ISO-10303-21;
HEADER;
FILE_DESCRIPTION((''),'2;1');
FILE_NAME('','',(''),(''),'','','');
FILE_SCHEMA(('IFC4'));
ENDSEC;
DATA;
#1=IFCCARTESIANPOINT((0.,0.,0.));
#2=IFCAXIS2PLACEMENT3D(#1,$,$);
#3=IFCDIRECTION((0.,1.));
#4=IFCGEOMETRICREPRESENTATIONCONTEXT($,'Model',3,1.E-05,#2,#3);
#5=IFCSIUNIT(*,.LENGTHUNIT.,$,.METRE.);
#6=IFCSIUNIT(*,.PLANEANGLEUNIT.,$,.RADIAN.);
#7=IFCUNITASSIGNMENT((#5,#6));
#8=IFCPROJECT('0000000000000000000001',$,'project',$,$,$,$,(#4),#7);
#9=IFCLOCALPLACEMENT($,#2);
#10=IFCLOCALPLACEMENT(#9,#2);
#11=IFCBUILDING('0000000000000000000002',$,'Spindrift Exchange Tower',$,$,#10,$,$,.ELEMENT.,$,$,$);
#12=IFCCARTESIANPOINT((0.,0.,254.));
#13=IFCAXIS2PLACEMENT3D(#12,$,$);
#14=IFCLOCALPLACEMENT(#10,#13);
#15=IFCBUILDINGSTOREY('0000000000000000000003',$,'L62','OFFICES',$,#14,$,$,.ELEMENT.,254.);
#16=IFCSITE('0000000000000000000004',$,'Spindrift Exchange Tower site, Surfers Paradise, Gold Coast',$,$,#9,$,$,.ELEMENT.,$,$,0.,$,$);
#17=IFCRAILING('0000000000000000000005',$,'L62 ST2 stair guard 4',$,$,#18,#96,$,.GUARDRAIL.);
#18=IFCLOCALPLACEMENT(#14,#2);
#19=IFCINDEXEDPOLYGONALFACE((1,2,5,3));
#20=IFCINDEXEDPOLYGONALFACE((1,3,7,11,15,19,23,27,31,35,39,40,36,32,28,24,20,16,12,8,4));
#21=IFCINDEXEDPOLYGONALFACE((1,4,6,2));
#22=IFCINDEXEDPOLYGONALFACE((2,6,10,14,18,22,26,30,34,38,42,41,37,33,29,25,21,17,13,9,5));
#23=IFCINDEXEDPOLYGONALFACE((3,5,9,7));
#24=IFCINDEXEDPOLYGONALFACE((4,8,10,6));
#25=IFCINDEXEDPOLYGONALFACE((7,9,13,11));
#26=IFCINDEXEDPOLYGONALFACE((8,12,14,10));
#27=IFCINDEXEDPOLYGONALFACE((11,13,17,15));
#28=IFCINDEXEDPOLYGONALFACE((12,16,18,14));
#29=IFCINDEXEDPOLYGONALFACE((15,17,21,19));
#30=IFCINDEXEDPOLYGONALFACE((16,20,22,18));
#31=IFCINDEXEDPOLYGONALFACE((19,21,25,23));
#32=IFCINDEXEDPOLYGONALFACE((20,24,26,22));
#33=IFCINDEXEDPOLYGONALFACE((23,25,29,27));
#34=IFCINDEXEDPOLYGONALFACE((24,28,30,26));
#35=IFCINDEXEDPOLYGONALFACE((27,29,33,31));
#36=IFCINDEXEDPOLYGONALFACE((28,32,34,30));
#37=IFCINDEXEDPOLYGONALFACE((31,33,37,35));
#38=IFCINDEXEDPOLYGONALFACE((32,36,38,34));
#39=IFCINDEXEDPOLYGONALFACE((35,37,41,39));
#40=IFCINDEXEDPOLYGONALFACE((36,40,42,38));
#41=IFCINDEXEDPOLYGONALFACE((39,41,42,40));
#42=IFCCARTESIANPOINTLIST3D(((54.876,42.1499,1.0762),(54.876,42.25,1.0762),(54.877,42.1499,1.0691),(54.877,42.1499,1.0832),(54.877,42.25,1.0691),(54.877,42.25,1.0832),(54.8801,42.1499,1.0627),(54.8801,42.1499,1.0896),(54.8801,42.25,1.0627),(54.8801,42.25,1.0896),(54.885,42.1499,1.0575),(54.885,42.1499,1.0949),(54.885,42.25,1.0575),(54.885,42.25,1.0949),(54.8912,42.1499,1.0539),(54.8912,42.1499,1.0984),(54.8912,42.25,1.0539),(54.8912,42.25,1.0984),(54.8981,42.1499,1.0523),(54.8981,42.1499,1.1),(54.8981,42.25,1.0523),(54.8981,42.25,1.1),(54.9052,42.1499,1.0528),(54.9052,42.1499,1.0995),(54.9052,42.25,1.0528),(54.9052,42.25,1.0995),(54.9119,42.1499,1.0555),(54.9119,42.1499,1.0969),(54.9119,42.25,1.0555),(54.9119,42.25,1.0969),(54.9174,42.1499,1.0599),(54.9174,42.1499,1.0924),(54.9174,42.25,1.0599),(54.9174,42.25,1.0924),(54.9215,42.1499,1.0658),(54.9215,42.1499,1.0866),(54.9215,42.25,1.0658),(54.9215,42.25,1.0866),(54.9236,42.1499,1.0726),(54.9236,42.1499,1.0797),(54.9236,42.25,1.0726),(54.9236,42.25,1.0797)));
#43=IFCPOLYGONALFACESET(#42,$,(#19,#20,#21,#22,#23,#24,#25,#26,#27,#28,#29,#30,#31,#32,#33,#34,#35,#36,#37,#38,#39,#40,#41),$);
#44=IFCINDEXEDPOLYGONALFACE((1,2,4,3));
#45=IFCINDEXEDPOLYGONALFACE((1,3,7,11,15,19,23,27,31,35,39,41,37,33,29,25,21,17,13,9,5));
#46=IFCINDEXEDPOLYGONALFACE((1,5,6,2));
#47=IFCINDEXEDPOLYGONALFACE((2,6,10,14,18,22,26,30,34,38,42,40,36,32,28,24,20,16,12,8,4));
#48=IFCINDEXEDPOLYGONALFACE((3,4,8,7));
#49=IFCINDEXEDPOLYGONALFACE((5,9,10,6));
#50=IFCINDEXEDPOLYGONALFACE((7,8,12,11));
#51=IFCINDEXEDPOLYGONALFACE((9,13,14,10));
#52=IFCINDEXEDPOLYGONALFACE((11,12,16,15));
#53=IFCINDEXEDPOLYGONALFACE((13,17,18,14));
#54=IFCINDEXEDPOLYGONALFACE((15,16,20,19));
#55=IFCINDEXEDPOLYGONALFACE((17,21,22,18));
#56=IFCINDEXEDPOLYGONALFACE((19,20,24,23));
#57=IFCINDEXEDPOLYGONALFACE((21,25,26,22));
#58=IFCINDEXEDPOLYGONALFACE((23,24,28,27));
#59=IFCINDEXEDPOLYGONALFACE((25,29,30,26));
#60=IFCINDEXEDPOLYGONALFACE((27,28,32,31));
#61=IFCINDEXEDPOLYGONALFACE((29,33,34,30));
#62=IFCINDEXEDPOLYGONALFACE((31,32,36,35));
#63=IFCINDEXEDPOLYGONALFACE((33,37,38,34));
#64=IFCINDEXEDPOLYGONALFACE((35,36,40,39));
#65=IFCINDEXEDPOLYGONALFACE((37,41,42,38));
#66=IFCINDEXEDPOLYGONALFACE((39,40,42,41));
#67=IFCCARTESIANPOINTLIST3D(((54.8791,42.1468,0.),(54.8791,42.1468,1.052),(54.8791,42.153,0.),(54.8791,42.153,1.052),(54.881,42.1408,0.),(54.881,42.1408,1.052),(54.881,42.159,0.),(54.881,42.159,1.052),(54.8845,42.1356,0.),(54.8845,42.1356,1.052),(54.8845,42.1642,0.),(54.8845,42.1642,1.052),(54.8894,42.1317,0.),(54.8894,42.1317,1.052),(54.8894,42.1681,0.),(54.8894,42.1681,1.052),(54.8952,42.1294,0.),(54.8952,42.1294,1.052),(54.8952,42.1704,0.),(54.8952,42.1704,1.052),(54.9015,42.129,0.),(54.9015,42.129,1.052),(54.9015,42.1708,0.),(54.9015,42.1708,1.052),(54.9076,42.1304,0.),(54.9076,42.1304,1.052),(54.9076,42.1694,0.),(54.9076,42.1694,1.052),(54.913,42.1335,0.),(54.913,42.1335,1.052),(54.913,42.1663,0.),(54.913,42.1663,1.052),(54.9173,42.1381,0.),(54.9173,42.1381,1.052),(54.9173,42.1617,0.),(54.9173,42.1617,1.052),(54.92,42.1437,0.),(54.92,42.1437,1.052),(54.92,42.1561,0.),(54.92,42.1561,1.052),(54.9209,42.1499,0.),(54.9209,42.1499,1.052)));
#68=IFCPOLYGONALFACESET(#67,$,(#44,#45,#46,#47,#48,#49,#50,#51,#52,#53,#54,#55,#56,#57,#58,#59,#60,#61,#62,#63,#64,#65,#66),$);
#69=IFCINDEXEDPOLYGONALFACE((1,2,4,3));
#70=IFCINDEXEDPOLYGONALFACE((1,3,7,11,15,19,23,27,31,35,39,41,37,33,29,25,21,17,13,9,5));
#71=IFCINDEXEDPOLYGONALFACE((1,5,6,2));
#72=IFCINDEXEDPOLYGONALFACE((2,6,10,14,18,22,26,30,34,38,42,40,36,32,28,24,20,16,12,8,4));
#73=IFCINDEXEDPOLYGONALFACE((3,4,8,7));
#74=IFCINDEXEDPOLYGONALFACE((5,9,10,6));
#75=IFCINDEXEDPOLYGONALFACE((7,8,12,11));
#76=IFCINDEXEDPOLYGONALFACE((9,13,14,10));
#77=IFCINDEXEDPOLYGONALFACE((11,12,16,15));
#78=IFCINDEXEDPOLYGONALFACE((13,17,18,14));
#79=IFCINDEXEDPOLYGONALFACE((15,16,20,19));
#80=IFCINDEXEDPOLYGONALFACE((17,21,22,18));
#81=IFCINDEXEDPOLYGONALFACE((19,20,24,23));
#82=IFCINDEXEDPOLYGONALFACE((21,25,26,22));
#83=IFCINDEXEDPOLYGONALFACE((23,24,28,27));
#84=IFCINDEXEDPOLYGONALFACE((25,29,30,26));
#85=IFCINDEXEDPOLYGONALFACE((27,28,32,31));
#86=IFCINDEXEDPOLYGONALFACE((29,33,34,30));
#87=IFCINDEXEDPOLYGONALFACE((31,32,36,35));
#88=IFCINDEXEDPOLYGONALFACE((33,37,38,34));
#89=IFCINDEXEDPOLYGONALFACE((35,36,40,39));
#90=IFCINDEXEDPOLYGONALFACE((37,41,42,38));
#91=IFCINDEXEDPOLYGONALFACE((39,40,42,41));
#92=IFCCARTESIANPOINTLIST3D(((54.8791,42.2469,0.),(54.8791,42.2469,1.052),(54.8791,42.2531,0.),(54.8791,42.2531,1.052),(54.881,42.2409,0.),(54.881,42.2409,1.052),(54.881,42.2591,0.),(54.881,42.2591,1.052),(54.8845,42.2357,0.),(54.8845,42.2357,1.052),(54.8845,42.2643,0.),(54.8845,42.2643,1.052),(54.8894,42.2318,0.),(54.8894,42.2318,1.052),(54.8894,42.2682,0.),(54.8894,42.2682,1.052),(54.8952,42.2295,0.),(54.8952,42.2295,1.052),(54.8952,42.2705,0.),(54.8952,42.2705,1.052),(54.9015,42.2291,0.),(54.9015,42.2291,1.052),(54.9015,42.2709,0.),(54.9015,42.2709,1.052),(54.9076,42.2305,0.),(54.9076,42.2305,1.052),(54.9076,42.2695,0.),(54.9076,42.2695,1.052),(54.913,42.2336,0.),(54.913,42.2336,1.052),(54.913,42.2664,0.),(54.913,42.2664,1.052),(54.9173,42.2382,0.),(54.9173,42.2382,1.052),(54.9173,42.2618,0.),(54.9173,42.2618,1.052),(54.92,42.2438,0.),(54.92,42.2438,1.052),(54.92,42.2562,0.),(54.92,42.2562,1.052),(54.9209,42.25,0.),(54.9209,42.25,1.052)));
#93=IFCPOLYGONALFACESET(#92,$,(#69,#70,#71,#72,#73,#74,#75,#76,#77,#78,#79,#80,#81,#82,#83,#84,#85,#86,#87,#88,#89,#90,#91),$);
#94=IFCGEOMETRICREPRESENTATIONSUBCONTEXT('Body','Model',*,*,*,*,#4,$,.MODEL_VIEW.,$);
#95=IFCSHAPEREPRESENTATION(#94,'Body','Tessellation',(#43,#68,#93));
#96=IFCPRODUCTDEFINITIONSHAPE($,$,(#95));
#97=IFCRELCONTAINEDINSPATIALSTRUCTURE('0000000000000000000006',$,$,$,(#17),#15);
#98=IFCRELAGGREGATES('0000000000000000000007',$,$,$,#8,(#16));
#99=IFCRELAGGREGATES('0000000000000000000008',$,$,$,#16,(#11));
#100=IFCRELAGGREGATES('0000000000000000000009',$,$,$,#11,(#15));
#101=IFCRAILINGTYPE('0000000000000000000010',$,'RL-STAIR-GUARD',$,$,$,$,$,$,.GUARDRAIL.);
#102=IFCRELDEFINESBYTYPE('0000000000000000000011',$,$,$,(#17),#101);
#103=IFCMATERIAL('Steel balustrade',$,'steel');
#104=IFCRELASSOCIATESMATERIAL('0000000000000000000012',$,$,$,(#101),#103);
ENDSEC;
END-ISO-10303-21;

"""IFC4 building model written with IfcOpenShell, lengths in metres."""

from ifc_helpers import new_model, si_unit, direction, frame, origin, origin_2d, place, context, subcontext, project, spatial, circle, extrude, material, type_object, element, save


model = new_model("IFC4")

# Units and contexts
model_context = context("Model", 3, precision=1e-05, world=origin(), true_north=direction((0.0, 1.0)))
body_context = subcontext(model_context, "Body", "Model", "MODEL_VIEW")
ifc_project = project(units=[si_unit("LENGTHUNIT", "METRE"), si_unit("PLANEANGLEUNIT", "RADIAN")], contexts=[model_context])

# Site, building, storey
site_placement = place(None, origin())
site = spatial("IfcSite", under=ifc_project, at=site_placement, Name="Spindrift Exchange Tower site, Surfers Paradise, Gold Coast", CompositionType="ELEMENT", RefElevation=0.0)
building_placement = place(site_placement, origin())
building = spatial("IfcBuilding", under=site, at=building_placement, Name="Spindrift Exchange Tower", CompositionType="ELEMENT")
storey_placement = place(building_placement, frame((0.0, 0.0, 254.0)))
storey = spatial("IfcBuildingStorey", under=building, at=storey_placement, Name="L62", Description="OFFICES", CompositionType="ELEMENT", Elevation=254.0)

# Railing
ifc_material_1 = material(Name="Steel balustrade", Category="steel")
railing_type_1 = type_object("IfcRailingType", Name="RL-STAIR-GUARD", PredefinedType="GUARDRAIL", material=ifc_material_1)
railing_1_placement = place(storey_placement, frame((54.8999, 42.1499, 0.0)))
element("IfcRailing", 1, at=railing_1_placement, inside=storey, type_object=railing_type_1, Name="L62 ST2 stair guard 4", PredefinedType="GUARDRAIL", context=body_context, shape_type="SweptSolid", body=[
    extrude(circle(Radius=0.0239, at=origin_2d()), frame((0.0, 0.0, 1.0762), z_axis=(0.0, 1.0, 0.0), x_axis=(-1.0, 0.0, 0.0)), (0.0, 0.0, 1.0), 0.1001),
    extrude(circle(Radius=0.021, at=origin_2d()), origin(), (0.0, 0.0, 1.0), 1.052),
    extrude(circle(Radius=0.021, at=origin_2d()), frame((0.0, 0.1001, 0.0)), (0.0, 0.0, 1.0), 1.052),
])

save(model, "model.ifc")
